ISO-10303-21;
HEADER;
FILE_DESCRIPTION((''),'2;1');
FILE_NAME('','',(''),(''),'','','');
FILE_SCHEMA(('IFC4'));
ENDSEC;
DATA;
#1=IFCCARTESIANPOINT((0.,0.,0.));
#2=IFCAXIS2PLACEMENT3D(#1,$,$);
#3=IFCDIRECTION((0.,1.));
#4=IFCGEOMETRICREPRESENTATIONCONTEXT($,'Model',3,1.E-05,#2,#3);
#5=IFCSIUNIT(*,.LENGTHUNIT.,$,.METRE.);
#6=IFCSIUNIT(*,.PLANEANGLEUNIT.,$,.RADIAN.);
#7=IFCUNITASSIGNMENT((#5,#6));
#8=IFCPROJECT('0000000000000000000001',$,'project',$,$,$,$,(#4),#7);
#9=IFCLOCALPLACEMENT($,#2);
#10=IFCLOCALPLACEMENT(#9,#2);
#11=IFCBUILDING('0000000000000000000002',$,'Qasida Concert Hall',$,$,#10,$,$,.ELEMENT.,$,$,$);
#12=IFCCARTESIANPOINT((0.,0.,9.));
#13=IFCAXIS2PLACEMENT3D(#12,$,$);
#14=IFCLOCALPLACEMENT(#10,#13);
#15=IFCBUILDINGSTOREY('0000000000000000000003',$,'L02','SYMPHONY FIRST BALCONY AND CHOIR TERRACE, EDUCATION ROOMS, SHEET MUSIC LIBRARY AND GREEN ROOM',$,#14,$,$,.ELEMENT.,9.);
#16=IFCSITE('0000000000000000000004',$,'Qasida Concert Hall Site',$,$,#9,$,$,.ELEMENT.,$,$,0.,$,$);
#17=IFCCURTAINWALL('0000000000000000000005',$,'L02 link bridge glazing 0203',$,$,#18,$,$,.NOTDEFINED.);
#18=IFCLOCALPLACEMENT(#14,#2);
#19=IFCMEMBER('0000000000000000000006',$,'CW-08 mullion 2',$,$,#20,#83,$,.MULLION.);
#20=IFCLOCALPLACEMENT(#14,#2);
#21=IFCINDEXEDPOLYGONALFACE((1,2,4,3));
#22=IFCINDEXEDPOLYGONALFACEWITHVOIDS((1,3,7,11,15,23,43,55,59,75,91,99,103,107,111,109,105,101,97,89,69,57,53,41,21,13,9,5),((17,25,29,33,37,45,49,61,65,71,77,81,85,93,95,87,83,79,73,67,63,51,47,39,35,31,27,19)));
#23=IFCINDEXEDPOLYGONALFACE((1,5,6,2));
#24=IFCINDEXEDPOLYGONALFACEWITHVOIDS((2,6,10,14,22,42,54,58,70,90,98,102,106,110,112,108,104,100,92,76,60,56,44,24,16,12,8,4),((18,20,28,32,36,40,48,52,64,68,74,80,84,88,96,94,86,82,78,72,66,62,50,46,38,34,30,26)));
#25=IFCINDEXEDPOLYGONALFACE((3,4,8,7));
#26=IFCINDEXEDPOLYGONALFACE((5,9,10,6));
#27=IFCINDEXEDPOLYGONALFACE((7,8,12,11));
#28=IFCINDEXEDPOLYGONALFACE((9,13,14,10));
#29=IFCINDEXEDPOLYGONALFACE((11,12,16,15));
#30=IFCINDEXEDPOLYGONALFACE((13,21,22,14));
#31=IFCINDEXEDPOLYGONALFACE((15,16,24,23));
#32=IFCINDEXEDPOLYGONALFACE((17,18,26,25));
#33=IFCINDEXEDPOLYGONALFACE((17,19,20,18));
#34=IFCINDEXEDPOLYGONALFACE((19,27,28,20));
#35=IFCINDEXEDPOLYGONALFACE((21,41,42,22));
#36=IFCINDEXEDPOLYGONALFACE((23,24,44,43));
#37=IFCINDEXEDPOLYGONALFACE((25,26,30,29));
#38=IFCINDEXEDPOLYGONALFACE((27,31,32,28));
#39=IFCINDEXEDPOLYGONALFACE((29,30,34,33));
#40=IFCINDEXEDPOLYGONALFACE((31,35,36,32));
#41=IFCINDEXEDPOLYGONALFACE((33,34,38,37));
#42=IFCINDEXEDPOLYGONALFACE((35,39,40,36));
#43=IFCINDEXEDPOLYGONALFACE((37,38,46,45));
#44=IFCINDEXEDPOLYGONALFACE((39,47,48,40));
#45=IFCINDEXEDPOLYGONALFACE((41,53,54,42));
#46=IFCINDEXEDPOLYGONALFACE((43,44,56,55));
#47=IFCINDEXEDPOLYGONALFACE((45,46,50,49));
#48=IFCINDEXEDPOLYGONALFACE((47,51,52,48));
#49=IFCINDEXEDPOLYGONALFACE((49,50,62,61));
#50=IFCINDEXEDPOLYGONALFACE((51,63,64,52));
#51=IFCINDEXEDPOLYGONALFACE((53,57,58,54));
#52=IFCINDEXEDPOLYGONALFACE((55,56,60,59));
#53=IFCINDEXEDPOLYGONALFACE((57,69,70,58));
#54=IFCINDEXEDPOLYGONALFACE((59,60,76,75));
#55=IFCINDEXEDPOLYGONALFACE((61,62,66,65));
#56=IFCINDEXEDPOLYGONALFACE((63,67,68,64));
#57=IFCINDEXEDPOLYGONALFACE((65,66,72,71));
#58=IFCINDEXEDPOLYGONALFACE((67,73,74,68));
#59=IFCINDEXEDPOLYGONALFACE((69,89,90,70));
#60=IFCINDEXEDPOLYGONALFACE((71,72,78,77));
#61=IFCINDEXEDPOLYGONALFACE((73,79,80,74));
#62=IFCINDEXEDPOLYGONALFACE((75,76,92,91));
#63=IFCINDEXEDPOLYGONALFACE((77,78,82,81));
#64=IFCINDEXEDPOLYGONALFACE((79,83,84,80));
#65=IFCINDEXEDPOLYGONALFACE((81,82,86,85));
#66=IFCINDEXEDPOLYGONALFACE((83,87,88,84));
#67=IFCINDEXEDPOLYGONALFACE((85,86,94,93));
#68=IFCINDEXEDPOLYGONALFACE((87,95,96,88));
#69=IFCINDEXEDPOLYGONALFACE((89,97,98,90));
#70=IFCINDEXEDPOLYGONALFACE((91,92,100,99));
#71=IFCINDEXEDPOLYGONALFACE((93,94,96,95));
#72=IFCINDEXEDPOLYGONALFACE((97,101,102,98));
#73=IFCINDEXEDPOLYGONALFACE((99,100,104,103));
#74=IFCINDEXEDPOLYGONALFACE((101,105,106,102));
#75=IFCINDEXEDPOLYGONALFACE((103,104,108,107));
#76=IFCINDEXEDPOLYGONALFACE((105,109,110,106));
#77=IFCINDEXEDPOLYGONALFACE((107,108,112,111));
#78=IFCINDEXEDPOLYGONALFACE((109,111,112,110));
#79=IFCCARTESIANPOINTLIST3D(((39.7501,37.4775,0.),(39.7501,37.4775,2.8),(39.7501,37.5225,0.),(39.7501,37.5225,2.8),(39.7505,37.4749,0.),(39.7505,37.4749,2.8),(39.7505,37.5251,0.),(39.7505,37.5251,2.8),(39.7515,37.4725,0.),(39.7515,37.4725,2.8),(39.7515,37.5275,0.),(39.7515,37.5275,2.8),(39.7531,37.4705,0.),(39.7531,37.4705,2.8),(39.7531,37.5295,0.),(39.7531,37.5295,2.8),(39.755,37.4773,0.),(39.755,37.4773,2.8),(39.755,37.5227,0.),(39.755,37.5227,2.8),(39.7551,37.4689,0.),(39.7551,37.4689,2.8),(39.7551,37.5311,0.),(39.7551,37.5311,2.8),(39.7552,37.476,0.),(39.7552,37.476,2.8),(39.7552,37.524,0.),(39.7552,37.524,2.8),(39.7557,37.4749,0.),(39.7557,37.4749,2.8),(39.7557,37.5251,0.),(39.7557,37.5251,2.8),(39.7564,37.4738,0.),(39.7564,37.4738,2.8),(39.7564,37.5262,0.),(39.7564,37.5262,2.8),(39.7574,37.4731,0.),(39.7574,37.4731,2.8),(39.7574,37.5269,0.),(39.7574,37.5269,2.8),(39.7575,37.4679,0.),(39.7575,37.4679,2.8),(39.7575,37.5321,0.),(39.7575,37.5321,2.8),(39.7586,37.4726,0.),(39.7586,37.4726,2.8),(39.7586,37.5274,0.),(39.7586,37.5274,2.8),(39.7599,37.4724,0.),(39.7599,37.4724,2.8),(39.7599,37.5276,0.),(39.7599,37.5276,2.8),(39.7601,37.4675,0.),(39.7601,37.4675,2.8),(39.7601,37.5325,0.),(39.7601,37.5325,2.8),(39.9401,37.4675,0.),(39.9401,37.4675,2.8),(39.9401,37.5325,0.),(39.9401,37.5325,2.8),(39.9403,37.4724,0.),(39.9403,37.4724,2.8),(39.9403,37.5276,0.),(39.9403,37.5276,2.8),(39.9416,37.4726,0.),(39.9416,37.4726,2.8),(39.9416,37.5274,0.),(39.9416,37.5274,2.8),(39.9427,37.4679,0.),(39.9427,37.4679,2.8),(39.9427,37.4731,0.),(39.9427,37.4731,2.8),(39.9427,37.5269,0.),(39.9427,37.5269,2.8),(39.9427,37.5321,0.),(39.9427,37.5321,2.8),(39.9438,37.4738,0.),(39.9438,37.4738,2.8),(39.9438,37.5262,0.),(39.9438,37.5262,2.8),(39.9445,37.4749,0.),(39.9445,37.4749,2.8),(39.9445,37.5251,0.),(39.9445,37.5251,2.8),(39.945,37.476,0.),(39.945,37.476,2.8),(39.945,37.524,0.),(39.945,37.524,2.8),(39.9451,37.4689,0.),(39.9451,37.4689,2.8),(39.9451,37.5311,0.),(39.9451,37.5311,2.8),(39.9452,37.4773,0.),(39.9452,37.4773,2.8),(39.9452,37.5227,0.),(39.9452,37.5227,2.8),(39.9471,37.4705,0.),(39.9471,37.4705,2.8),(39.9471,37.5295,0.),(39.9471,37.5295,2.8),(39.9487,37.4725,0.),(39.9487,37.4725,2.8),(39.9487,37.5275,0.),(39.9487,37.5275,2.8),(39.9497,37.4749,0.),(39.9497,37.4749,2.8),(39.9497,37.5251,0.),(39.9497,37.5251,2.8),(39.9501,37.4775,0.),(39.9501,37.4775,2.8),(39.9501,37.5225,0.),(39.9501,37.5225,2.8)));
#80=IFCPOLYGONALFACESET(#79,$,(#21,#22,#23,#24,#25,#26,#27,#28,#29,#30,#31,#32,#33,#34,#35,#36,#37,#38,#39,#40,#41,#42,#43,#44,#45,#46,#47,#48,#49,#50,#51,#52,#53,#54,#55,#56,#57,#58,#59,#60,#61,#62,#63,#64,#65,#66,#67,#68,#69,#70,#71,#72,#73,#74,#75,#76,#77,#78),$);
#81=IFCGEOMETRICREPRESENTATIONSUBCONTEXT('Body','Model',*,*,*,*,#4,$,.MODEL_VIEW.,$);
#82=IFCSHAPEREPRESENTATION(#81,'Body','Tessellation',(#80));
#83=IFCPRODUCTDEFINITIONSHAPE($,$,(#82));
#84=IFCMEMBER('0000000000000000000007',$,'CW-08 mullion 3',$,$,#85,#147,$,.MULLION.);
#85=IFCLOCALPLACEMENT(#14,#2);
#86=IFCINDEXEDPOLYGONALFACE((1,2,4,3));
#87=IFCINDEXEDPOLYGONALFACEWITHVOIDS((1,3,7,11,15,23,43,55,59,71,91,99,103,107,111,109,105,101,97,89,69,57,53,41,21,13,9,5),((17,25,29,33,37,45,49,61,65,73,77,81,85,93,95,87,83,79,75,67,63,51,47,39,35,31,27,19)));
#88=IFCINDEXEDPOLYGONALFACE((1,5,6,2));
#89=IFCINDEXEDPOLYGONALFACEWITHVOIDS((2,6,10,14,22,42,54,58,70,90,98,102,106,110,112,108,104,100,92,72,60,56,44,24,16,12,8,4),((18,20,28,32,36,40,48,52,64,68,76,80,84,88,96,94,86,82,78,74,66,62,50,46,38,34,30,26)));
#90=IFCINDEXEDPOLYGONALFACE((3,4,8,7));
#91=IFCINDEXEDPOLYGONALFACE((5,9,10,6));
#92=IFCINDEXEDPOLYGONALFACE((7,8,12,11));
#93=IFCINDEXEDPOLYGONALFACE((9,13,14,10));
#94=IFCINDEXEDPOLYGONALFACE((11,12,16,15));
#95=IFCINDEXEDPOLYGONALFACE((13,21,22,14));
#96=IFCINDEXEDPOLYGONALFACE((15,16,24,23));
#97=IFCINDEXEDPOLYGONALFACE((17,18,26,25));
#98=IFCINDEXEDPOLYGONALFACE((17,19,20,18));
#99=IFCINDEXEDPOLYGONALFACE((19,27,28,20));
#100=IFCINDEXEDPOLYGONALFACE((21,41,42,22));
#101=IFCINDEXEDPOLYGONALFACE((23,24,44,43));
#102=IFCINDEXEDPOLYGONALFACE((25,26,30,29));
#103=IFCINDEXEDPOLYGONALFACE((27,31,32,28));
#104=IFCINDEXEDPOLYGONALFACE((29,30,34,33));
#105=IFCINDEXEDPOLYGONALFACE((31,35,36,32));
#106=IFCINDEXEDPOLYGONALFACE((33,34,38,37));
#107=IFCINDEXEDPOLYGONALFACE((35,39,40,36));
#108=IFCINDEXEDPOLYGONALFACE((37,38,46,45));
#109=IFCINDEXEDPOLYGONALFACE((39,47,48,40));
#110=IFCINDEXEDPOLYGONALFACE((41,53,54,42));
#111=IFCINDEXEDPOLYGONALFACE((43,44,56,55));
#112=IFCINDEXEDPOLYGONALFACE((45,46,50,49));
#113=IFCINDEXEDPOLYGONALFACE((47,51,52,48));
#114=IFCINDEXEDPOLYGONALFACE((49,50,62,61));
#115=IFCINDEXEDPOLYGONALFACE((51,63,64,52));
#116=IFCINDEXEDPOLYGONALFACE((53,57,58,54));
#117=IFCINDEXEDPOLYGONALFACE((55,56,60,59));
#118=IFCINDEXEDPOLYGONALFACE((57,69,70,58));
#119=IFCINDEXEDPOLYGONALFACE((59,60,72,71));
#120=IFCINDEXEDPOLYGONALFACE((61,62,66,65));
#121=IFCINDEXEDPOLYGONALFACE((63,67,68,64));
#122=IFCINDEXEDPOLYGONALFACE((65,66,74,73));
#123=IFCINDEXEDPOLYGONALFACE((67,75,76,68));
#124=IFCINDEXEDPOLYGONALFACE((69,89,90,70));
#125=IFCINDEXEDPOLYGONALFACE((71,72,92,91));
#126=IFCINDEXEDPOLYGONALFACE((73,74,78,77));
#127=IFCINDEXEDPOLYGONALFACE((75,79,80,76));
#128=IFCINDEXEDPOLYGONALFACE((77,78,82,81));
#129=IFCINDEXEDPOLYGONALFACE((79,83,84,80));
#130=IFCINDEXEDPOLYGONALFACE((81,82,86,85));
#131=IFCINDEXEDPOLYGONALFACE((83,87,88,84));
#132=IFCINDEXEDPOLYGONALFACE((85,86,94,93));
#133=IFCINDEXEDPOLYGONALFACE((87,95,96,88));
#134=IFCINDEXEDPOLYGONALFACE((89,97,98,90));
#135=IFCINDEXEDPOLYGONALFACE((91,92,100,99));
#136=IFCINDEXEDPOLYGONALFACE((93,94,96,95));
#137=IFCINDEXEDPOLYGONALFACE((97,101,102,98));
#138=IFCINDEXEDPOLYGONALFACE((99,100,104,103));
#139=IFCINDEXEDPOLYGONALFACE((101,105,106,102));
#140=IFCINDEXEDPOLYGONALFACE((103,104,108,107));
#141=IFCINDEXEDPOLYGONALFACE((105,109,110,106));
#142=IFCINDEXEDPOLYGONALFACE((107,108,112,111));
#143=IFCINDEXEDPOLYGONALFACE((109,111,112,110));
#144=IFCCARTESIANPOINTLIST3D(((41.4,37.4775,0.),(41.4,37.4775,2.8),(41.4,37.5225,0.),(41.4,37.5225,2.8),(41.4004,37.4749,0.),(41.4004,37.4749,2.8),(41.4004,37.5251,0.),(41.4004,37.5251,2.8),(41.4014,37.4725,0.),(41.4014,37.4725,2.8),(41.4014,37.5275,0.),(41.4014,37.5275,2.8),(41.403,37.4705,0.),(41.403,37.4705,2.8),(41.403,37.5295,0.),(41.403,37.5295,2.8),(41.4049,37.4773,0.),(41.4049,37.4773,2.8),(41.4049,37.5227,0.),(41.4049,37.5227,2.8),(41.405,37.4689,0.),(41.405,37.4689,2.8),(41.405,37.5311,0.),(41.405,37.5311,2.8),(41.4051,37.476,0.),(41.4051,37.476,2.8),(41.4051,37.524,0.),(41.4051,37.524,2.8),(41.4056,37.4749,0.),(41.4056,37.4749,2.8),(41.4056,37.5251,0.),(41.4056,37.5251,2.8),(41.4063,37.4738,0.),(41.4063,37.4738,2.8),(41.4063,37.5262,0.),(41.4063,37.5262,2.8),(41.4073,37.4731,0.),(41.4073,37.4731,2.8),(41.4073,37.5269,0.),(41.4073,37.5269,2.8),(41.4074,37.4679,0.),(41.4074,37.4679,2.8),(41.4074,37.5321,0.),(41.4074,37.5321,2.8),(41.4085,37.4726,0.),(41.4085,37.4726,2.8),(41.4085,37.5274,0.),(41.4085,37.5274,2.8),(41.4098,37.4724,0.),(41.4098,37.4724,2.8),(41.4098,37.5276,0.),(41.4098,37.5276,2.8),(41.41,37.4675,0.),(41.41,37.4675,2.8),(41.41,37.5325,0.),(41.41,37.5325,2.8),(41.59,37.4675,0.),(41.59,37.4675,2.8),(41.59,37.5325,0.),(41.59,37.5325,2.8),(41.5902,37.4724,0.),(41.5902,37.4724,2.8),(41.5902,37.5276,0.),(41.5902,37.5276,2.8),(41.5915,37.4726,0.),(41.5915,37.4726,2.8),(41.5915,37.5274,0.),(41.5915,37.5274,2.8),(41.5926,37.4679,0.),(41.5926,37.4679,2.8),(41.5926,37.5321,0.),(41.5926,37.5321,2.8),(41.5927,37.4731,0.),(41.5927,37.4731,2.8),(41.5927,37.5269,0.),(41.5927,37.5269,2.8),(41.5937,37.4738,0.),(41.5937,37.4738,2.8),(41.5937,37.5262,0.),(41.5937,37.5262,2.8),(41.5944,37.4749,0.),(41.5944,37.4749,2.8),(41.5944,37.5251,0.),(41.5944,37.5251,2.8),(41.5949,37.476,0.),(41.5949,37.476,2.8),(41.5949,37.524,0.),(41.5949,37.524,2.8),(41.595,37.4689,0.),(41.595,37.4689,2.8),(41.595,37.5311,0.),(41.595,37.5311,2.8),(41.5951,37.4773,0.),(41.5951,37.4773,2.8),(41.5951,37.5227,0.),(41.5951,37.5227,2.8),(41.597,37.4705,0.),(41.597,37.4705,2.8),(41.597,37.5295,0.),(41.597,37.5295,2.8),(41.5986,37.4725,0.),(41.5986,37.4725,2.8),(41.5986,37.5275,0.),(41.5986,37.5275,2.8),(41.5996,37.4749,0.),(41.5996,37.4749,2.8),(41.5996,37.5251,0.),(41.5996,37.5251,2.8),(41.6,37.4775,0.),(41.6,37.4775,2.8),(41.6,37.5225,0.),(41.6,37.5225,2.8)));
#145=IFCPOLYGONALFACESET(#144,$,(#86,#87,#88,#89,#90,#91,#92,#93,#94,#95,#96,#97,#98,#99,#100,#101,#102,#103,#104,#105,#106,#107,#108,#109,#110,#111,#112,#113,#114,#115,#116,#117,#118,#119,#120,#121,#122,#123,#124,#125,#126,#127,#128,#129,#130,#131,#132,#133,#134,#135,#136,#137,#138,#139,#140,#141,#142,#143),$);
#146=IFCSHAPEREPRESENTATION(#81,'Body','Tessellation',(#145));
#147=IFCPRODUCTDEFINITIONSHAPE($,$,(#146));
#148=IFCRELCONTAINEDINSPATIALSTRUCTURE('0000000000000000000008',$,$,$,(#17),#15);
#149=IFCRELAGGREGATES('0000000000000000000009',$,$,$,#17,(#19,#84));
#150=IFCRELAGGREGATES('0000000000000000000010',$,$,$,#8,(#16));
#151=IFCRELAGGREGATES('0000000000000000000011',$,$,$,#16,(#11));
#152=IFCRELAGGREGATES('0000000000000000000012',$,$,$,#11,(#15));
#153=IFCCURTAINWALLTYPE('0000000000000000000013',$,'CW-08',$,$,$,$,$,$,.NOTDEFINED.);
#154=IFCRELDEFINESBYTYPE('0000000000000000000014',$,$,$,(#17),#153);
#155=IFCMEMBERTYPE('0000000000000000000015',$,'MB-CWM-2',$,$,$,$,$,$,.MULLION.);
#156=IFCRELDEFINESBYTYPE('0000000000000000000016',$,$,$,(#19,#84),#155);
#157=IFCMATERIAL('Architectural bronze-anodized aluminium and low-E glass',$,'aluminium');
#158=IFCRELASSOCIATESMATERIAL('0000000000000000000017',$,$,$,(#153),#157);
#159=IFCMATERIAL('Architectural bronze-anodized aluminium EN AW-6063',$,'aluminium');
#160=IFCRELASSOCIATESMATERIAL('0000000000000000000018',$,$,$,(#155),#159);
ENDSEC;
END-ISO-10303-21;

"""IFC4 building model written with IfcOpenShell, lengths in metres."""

from ifc_helpers import new_model, si_unit, direction, frame, origin, origin_2d, place, context, subcontext, project, spatial, hollow_rectangle, extrude, material, material_profile, profile_set, type_object, element, aggregate, save


model = new_model("IFC4")

# Units and contexts
model_context = context("Model", 3, precision=1e-05, world=origin(), true_north=direction((0.0, 1.0)))
body_context = subcontext(model_context, "Body", "Model", "MODEL_VIEW")
ifc_project = project(units=[si_unit("LENGTHUNIT", "METRE"), si_unit("PLANEANGLEUNIT", "RADIAN")], contexts=[model_context])

# Site, building, storey
site_placement = place(None, origin())
site = spatial("IfcSite", under=ifc_project, at=site_placement, Name="Qasida Concert Hall Site", CompositionType="ELEMENT", RefElevation=0.0)
building_placement = place(site_placement, origin())
building = spatial("IfcBuilding", under=site, at=building_placement, Name="Qasida Concert Hall", CompositionType="ELEMENT")
storey_placement = place(building_placement, frame((0.0, 0.0, 9.0)))
storey = spatial("IfcBuildingStorey", under=building, at=storey_placement, Name="L02", Description="SYMPHONY FIRST BALCONY AND CHOIR TERRACE, EDUCATION ROOMS, SHEET MUSIC LIBRARY AND GREEN ROOM", CompositionType="ELEMENT", Elevation=9.0)

# Curtain wall, members
ifc_material_1 = material(Name="Architectural bronze-anodized aluminium and low-E glass", Category="aluminium")
curtain_wall_type = type_object("IfcCurtainWallType", Name="CW-08", PredefinedType="NOTDEFINED", material=ifc_material_1)
curtain_wall_placement = place(storey_placement, origin())
curtain_wall = element("IfcCurtainWall", 1, at=curtain_wall_placement, inside=storey, type_object=curtain_wall_type, Name="L02 link bridge glazing 0203", PredefinedType="NOTDEFINED")
ifc_material_2 = material(Name="Architectural bronze-anodized aluminium EN AW-6063", Category="aluminium")
ifc_material_profile_1 = material_profile(ifc_material_2, hollow_rectangle(XDim=0.0649, YDim=0.2, WallThickness=0.0049, InnerFilletRadius=0.0049, OuterFilletRadius=0.01, at=origin_2d()), Name="CWM 200x65x5")
ifc_profile_set_1 = profile_set([ifc_material_profile_1], Name="Architectural bronze-anodized aluminium EN AW-6063")
member_type_1 = type_object("IfcMemberType", Name="MB-CWM-2", PredefinedType="MULLION", material=ifc_profile_set_1)
member_1_placement = place(storey_placement, frame((39.8501, 37.5, 0.0), z_axis=(0.0, 0.0, 1.0), x_axis=(0.0, 1.0, 0.0)))
member_1 = element("IfcMember", 2, at=member_1_placement, type_object=member_type_1, Name="CW-08 mullion 2", PredefinedType="MULLION", context=body_context, shape_type="SweptSolid", body=[
    extrude(hollow_rectangle(XDim=0.0649, YDim=0.2, WallThickness=0.0049, InnerFilletRadius=0.0049, OuterFilletRadius=0.01, at=origin_2d()), origin(), (0.0, 0.0, 1.0), 2.8),
])
member_2_placement = place(storey_placement, frame((41.5, 37.5, 0.0), z_axis=(0.0, 0.0, 1.0), x_axis=(0.0, 1.0, 0.0)))
member_2 = element("IfcMember", 3, at=member_2_placement, type_object=member_type_1, Name="CW-08 mullion 3", PredefinedType="MULLION", context=body_context, shape_type="SweptSolid", body=[
    extrude(hollow_rectangle(XDim=0.0649, YDim=0.2, WallThickness=0.0049, InnerFilletRadius=0.0049, OuterFilletRadius=0.01, at=origin_2d()), origin(), (0.0, 0.0, 1.0), 2.8),
])
aggregate(curtain_wall, [member_1, member_2])

save(model, "model.ifc")
